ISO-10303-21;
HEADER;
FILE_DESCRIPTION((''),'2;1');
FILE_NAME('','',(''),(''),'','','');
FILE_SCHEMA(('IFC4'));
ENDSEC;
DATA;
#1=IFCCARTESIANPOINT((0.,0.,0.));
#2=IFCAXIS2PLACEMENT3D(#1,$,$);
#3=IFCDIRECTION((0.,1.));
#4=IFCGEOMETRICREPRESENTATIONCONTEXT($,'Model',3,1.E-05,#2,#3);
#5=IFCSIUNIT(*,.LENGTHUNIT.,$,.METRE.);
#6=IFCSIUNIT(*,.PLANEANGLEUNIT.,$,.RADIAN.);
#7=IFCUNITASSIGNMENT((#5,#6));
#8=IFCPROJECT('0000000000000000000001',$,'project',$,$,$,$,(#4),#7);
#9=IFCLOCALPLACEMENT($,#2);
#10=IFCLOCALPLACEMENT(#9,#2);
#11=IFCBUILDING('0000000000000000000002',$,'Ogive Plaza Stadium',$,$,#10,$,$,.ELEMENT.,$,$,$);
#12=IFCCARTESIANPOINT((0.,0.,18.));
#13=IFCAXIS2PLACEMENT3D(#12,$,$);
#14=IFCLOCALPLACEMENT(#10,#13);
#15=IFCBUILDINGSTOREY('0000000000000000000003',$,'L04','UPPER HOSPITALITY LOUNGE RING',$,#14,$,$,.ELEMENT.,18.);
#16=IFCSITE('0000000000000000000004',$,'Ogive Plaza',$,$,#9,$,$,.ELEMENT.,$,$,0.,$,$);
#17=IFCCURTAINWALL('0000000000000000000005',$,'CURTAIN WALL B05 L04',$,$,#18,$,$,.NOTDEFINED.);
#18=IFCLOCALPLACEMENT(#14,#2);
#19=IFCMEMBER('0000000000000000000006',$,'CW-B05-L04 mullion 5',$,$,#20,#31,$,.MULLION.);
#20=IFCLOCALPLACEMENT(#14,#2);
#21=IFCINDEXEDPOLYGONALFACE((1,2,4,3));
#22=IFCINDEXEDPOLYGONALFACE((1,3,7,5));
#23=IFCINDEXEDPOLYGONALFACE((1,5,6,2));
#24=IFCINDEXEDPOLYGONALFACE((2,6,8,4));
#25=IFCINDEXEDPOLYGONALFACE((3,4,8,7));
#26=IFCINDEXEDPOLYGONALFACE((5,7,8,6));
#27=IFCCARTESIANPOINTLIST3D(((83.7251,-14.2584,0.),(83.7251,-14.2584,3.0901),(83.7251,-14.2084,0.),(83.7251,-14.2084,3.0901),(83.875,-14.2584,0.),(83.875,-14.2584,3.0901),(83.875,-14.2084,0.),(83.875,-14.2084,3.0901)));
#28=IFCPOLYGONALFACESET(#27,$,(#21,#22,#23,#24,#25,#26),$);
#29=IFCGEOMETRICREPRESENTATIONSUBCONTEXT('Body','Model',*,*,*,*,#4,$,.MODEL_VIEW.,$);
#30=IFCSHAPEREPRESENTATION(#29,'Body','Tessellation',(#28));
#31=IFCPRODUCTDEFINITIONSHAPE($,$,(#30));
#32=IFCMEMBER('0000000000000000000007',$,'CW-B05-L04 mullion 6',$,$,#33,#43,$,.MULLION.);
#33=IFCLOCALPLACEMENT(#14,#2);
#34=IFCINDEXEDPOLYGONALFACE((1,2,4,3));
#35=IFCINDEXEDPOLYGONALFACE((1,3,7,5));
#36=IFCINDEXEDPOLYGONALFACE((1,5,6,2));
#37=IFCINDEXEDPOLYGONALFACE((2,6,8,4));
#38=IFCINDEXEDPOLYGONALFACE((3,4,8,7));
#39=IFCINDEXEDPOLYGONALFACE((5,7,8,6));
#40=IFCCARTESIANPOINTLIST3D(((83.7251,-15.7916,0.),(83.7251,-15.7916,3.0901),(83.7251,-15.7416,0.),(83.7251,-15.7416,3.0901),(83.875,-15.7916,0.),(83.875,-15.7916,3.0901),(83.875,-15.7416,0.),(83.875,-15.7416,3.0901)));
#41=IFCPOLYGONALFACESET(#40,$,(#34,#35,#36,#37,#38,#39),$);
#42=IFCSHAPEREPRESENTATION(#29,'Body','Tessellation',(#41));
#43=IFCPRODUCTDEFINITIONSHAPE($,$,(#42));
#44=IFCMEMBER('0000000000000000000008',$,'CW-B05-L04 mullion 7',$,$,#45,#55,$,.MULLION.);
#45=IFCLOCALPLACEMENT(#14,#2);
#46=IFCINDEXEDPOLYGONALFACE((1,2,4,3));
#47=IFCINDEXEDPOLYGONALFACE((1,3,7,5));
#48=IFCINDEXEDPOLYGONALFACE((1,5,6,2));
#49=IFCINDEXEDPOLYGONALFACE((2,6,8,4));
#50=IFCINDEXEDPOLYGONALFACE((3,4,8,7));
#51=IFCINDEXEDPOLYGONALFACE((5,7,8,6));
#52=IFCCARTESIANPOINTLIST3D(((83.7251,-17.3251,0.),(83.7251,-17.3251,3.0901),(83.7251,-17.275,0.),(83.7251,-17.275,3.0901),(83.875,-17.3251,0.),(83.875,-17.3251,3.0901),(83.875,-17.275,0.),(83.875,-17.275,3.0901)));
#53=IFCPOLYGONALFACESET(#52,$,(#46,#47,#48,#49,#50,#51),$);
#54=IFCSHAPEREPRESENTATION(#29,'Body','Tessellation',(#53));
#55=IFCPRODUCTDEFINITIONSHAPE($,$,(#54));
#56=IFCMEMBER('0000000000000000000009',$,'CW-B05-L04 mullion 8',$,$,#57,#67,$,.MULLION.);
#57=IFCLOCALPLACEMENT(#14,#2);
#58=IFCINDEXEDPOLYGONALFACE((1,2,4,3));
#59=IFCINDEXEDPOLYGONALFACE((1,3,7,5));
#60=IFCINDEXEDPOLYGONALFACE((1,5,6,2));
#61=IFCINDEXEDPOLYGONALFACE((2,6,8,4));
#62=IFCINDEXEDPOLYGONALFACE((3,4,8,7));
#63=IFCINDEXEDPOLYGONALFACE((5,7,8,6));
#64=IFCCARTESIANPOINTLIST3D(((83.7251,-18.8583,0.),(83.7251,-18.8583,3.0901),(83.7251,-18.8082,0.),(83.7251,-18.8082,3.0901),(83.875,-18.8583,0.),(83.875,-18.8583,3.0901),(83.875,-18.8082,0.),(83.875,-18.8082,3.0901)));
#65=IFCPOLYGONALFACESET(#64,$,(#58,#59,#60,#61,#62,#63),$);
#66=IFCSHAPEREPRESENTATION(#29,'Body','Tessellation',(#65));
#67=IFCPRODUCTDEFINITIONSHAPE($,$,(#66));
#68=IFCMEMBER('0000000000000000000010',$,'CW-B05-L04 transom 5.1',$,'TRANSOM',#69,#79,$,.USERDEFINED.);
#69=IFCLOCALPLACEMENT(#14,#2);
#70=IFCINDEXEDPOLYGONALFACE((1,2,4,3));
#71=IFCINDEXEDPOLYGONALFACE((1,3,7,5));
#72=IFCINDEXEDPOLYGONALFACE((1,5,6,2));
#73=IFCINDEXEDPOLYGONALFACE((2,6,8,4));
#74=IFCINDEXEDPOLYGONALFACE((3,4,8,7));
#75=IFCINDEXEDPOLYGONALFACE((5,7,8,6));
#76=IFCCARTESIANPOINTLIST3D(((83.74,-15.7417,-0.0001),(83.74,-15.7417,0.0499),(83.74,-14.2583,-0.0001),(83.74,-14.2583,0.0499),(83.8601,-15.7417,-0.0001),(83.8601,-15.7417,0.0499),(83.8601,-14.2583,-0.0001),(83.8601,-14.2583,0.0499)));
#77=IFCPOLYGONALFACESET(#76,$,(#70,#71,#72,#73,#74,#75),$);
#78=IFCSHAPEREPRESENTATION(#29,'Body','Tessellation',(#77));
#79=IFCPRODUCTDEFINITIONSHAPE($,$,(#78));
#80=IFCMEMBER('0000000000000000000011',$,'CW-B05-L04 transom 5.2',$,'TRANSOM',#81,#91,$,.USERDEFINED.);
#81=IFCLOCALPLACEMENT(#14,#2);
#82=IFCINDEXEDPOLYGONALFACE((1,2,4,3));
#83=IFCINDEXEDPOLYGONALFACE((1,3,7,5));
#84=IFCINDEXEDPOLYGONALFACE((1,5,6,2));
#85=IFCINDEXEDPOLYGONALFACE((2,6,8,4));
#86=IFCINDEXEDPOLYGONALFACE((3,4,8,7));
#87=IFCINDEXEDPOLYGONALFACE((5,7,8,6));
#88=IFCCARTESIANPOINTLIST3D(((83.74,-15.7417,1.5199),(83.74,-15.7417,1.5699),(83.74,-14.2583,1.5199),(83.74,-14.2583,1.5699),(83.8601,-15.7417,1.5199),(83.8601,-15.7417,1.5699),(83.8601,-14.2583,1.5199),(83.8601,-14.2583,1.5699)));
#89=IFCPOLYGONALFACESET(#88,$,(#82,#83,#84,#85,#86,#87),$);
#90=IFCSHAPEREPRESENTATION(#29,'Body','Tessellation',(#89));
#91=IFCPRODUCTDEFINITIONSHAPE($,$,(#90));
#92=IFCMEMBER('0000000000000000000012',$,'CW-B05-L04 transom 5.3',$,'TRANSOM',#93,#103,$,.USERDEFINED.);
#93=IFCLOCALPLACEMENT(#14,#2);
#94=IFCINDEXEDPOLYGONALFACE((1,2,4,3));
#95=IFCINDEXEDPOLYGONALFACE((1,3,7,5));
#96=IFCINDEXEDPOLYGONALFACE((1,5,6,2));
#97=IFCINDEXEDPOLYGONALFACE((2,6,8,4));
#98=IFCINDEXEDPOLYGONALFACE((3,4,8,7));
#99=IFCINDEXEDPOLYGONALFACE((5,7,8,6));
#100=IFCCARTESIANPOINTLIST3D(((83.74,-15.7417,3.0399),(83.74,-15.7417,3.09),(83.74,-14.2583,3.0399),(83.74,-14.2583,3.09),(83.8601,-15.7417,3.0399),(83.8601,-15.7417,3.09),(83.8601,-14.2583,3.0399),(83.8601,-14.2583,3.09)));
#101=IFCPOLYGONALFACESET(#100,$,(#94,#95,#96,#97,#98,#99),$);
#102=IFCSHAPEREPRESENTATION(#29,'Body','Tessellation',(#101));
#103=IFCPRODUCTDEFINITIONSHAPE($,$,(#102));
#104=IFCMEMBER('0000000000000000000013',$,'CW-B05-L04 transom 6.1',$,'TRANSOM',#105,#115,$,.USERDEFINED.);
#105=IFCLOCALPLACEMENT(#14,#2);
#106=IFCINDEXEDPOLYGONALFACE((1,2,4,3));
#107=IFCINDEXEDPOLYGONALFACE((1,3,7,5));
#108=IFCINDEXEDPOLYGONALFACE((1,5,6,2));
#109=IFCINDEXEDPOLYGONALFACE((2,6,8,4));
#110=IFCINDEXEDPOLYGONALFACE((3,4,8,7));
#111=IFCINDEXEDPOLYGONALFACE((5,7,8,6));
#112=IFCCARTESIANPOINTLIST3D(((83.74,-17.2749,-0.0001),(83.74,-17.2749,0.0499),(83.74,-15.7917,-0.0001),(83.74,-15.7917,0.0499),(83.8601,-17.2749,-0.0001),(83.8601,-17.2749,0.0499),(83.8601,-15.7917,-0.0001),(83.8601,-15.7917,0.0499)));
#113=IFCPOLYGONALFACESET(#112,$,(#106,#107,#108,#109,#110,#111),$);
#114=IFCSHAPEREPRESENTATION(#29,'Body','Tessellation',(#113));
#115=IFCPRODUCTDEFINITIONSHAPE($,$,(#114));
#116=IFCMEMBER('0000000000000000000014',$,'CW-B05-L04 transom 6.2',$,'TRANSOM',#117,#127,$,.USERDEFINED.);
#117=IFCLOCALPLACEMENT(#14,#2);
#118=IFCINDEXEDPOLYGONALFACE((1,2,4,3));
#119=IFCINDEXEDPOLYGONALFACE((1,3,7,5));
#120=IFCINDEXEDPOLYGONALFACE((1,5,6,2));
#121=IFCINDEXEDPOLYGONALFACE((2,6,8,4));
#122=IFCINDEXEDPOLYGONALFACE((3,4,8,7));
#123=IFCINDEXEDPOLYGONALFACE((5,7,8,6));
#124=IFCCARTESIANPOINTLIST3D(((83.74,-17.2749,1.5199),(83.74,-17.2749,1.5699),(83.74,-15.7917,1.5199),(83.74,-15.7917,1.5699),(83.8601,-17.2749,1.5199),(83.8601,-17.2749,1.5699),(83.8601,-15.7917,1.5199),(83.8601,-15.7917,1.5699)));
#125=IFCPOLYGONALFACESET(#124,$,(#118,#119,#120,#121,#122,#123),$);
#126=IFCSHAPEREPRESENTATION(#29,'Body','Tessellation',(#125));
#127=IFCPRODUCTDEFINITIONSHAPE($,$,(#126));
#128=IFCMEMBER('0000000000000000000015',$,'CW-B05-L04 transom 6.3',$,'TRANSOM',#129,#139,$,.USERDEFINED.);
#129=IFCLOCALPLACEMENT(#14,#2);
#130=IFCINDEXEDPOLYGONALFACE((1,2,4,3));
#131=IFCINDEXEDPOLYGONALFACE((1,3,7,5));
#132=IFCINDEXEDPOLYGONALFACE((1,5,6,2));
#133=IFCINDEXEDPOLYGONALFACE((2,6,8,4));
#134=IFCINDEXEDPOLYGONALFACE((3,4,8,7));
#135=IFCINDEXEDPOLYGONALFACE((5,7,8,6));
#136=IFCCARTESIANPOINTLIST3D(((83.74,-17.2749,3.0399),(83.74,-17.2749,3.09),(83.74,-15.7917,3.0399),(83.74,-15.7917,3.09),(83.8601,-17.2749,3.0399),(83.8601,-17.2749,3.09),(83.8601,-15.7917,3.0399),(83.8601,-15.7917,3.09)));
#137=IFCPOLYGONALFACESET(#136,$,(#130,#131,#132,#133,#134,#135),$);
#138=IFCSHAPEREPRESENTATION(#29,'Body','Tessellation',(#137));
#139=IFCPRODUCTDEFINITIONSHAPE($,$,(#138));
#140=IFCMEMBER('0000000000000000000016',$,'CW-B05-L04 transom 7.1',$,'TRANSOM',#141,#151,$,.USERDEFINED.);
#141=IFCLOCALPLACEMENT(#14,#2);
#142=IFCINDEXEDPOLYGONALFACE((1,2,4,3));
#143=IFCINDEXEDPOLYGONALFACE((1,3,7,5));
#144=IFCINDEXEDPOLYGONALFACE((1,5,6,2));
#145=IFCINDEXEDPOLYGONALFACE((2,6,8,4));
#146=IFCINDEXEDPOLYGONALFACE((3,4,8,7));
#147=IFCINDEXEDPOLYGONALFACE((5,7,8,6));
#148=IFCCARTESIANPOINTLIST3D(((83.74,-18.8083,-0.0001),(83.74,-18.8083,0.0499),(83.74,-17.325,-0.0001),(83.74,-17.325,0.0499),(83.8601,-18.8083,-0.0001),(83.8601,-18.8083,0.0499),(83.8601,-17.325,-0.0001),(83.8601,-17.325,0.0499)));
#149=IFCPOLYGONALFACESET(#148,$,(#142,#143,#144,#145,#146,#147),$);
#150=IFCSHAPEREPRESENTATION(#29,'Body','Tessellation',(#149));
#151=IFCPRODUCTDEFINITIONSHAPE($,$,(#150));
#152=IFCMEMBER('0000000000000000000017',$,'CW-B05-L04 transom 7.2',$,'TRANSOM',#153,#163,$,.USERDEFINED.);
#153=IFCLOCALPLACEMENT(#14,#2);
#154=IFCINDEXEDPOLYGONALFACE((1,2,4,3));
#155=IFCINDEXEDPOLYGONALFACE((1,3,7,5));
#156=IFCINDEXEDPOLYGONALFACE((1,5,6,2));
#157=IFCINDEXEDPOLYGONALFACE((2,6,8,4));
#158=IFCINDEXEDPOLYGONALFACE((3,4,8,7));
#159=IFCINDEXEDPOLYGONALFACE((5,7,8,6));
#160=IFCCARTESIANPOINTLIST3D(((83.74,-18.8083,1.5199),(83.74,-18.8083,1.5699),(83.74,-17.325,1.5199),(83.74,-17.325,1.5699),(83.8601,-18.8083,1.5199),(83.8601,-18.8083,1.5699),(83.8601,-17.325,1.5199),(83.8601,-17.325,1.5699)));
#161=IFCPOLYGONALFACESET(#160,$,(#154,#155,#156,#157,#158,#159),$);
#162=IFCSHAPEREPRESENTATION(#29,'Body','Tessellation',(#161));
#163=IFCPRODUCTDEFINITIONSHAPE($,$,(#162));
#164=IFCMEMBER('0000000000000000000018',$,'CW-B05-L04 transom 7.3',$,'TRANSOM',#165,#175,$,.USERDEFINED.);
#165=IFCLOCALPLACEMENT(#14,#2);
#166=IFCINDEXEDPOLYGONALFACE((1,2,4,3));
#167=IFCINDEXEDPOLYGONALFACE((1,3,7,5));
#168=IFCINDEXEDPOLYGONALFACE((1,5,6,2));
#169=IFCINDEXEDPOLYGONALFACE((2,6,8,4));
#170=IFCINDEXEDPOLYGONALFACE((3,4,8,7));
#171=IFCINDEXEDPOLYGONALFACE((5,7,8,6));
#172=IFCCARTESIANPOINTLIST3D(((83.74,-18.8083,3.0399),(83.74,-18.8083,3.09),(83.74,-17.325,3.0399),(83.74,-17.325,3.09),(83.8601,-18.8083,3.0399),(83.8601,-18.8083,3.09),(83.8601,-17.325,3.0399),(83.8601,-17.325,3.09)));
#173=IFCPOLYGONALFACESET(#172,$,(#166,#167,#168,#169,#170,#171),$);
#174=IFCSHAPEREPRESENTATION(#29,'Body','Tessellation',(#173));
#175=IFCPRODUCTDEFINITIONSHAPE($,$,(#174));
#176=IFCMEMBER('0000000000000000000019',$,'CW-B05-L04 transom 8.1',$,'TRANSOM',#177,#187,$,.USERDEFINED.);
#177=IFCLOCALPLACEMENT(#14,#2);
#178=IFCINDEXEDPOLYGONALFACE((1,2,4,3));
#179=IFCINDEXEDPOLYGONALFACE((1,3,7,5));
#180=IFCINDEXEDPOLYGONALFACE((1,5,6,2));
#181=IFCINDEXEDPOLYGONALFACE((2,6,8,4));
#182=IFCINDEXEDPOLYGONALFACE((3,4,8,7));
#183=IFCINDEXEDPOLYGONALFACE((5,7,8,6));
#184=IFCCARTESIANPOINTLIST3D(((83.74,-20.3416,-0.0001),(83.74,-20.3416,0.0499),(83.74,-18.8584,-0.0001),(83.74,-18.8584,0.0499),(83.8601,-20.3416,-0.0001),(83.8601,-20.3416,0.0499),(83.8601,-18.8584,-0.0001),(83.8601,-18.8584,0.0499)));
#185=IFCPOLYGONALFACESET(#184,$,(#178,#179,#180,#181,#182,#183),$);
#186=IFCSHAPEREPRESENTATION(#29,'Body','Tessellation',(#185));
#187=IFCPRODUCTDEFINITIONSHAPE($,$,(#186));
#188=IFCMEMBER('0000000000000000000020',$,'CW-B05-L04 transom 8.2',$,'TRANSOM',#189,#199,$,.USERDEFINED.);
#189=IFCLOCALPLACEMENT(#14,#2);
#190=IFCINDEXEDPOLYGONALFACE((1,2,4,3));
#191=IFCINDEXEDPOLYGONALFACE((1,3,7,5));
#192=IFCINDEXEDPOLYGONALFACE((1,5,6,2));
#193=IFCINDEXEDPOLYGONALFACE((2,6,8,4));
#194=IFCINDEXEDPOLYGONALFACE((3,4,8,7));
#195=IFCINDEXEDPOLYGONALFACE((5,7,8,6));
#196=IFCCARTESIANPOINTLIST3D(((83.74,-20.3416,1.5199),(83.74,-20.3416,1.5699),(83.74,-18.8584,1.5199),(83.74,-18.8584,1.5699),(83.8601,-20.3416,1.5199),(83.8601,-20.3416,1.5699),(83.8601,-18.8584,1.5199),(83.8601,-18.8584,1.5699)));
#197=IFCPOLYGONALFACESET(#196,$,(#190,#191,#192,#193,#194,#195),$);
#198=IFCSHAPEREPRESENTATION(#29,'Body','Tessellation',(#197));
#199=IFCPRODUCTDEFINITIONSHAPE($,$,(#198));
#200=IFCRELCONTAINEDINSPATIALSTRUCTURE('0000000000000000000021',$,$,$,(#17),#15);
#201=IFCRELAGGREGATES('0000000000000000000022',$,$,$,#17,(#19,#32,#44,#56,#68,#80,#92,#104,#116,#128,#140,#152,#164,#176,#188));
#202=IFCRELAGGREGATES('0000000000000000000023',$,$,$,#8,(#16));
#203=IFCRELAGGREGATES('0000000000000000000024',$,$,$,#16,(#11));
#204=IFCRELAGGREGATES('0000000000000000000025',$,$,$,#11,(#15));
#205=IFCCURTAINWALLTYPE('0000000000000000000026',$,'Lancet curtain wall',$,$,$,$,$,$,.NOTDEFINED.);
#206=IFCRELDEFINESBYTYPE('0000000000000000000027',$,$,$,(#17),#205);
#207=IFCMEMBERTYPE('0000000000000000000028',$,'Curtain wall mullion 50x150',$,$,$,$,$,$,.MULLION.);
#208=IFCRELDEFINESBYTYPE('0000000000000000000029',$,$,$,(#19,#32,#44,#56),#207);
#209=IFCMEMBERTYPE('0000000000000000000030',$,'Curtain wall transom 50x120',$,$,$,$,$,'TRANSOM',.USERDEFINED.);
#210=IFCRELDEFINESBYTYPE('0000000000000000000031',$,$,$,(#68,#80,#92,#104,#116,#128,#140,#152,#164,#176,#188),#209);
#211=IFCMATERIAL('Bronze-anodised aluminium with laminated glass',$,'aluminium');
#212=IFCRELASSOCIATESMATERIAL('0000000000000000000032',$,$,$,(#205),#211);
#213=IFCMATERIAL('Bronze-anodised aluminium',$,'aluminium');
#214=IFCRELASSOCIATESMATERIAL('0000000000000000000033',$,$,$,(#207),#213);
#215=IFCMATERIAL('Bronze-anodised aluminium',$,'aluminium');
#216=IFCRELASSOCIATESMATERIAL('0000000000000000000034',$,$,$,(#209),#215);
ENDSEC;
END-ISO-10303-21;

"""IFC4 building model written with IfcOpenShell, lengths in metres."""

from ifc_helpers import new_model, si_unit, direction, frame, origin, origin_2d, place, context, subcontext, project, spatial, rectangle, extrude, material, material_profile, profile_set, type_object, element, aggregate, save


model = new_model("IFC4")

# Units and contexts
model_context = context("Model", 3, precision=1e-05, world=origin(), true_north=direction((0.0, 1.0)))
body_context = subcontext(model_context, "Body", "Model", "MODEL_VIEW")
ifc_project = project(units=[si_unit("LENGTHUNIT", "METRE"), si_unit("PLANEANGLEUNIT", "RADIAN")], contexts=[model_context])

# Site, building, storey
site_placement = place(None, origin())
site = spatial("IfcSite", under=ifc_project, at=site_placement, Name="Ogive Plaza", CompositionType="ELEMENT", RefElevation=0.0)
building_placement = place(site_placement, origin())
building = spatial("IfcBuilding", under=site, at=building_placement, Name="Ogive Plaza Stadium", CompositionType="ELEMENT")
storey_placement = place(building_placement, frame((0.0, 0.0, 18.0)))
storey = spatial("IfcBuildingStorey", under=building, at=storey_placement, Name="L04", Description="UPPER HOSPITALITY LOUNGE RING", CompositionType="ELEMENT", Elevation=18.0)

# Curtain wall, members
ifc_material_1 = material(Name="Bronze-anodised aluminium with laminated glass", Category="aluminium")
curtain_wall_type = type_object("IfcCurtainWallType", Name="Lancet curtain wall", PredefinedType="NOTDEFINED", material=ifc_material_1)
curtain_wall_placement = place(storey_placement, origin())
curtain_wall = element("IfcCurtainWall", 1, at=curtain_wall_placement, inside=storey, type_object=curtain_wall_type, Name="CURTAIN WALL B05 L04", PredefinedType="NOTDEFINED")
ifc_material_2 = material(Name="Bronze-anodised aluminium", Category="aluminium")
ifc_material_profile_1 = material_profile(ifc_material_2, rectangle(XDim=0.1499, YDim=0.05, at=origin_2d()), Name="AL 150x50")
ifc_profile_set_1 = profile_set([ifc_material_profile_1], Name="Bronze-anodised aluminium")
member_type_1 = type_object("IfcMemberType", Name="Curtain wall mullion 50x150", PredefinedType="MULLION", material=ifc_profile_set_1)
member_1_placement = place(storey_placement, frame((83.8, -14.2334, 0.0), z_axis=(0.0, 0.0, 1.0), x_axis=(1.0, 0.0, 0.0)))
member_1 = element("IfcMember", 2, at=member_1_placement, type_object=member_type_1, Name="CW-B05-L04 mullion 5", PredefinedType="MULLION", context=body_context, shape_type="SweptSolid", body=[
    extrude(rectangle(XDim=0.1499, YDim=0.05, at=origin_2d()), origin(), (0.0, 0.0, 1.0), 3.0901),
])
member_2_placement = place(storey_placement, frame((83.8, -15.7666, 0.0), z_axis=(0.0, 0.0, 1.0), x_axis=(1.0, 0.0, 0.0)))
member_2 = element("IfcMember", 3, at=member_2_placement, type_object=member_type_1, Name="CW-B05-L04 mullion 6", PredefinedType="MULLION", context=body_context, shape_type="SweptSolid", body=[
    extrude(rectangle(XDim=0.1499, YDim=0.05, at=origin_2d()), origin(), (0.0, 0.0, 1.0), 3.0901),
])
member_3_placement = place(storey_placement, frame((83.8, -17.3, 0.0), z_axis=(0.0, 0.0, 1.0), x_axis=(1.0, 0.0, 0.0)))
member_3 = element("IfcMember", 4, at=member_3_placement, type_object=member_type_1, Name="CW-B05-L04 mullion 7", PredefinedType="MULLION", context=body_context, shape_type="SweptSolid", body=[
    extrude(rectangle(XDim=0.1499, YDim=0.05, at=origin_2d()), origin(), (0.0, 0.0, 1.0), 3.0901),
])
member_4_placement = place(storey_placement, frame((83.8, -18.8333, 0.0), z_axis=(0.0, 0.0, 1.0), x_axis=(1.0, 0.0, 0.0)))
member_4 = element("IfcMember", 5, at=member_4_placement, type_object=member_type_1, Name="CW-B05-L04 mullion 8", PredefinedType="MULLION", context=body_context, shape_type="SweptSolid", body=[
    extrude(rectangle(XDim=0.1499, YDim=0.05, at=origin_2d()), origin(), (0.0, 0.0, 1.0), 3.0901),
])
ifc_material_3 = material(Name="Bronze-anodised aluminium", Category="aluminium")
ifc_material_profile_2 = material_profile(ifc_material_3, rectangle(XDim=0.1201, YDim=0.05, at=origin_2d()), Name="AL 120x50")
ifc_profile_set_2 = profile_set([ifc_material_profile_2], Name="Bronze-anodised aluminium")
member_type_2 = type_object("IfcMemberType", Name="Curtain wall transom 50x120", ElementType="TRANSOM", PredefinedType="USERDEFINED", material=ifc_profile_set_2)
member_5_placement = place(storey_placement, frame((83.8, -14.2583, 0.0249), z_axis=(0.0, -1.0, 0.0), x_axis=(1.0, 0.0, 0.0)))
member_5 = element("IfcMember", 6, at=member_5_placement, type_object=member_type_2, Name="CW-B05-L04 transom 5.1", ObjectType="TRANSOM", PredefinedType="USERDEFINED", context=body_context, shape_type="SweptSolid", body=[
    extrude(rectangle(XDim=0.1201, YDim=0.05, at=origin_2d()), origin(), (0.0, 0.0, 1.0), 1.4834),
])
member_6_placement = place(storey_placement, frame((83.8, -14.2583, 1.5449), z_axis=(0.0, -1.0, 0.0), x_axis=(1.0, 0.0, 0.0)))
member_6 = element("IfcMember", 7, at=member_6_placement, type_object=member_type_2, Name="CW-B05-L04 transom 5.2", ObjectType="TRANSOM", PredefinedType="USERDEFINED", context=body_context, shape_type="SweptSolid", body=[
    extrude(rectangle(XDim=0.1201, YDim=0.05, at=origin_2d()), origin(), (0.0, 0.0, 1.0), 1.4834),
])
member_7_placement = place(storey_placement, frame((83.8, -14.2583, 3.0649), z_axis=(0.0, -1.0, 0.0), x_axis=(1.0, 0.0, 0.0)))
member_7 = element("IfcMember", 8, at=member_7_placement, type_object=member_type_2, Name="CW-B05-L04 transom 5.3", ObjectType="TRANSOM", PredefinedType="USERDEFINED", context=body_context, shape_type="SweptSolid", body=[
    extrude(rectangle(XDim=0.1201, YDim=0.05, at=origin_2d()), origin(), (0.0, 0.0, 1.0), 1.4834),
])
member_8_placement = place(storey_placement, frame((83.8, -15.7917, 0.0249), z_axis=(0.0, -1.0, 0.0), x_axis=(1.0, 0.0, 0.0)))
member_8 = element("IfcMember", 9, at=member_8_placement, type_object=member_type_2, Name="CW-B05-L04 transom 6.1", ObjectType="TRANSOM", PredefinedType="USERDEFINED", context=body_context, shape_type="SweptSolid", body=[
    extrude(rectangle(XDim=0.1201, YDim=0.05, at=origin_2d()), origin(), (0.0, 0.0, 1.0), 1.4832),
])
member_9_placement = place(storey_placement, frame((83.8, -15.7917, 1.5449), z_axis=(0.0, -1.0, 0.0), x_axis=(1.0, 0.0, 0.0)))
member_9 = element("IfcMember", 10, at=member_9_placement, type_object=member_type_2, Name="CW-B05-L04 transom 6.2", ObjectType="TRANSOM", PredefinedType="USERDEFINED", context=body_context, shape_type="SweptSolid", body=[
    extrude(rectangle(XDim=0.1201, YDim=0.05, at=origin_2d()), origin(), (0.0, 0.0, 1.0), 1.4832),
])
member_10_placement = place(storey_placement, frame((83.8, -15.7917, 3.0649), z_axis=(0.0, -1.0, 0.0), x_axis=(1.0, 0.0, 0.0)))
member_10 = element("IfcMember", 11, at=member_10_placement, type_object=member_type_2, Name="CW-B05-L04 transom 6.3", ObjectType="TRANSOM", PredefinedType="USERDEFINED", context=body_context, shape_type="SweptSolid", body=[
    extrude(rectangle(XDim=0.1201, YDim=0.05, at=origin_2d()), origin(), (0.0, 0.0, 1.0), 1.4832),
])
member_11_placement = place(storey_placement, frame((83.8, -17.325, 0.0249), z_axis=(0.0, -1.0, 0.0), x_axis=(1.0, 0.0, 0.0)))
member_11 = element("IfcMember", 12, at=member_11_placement, type_object=member_type_2, Name="CW-B05-L04 transom 7.1", ObjectType="TRANSOM", PredefinedType="USERDEFINED", context=body_context, shape_type="SweptSolid", body=[
    extrude(rectangle(XDim=0.1201, YDim=0.05, at=origin_2d()), origin(), (0.0, 0.0, 1.0), 1.4834),
])
member_12_placement = place(storey_placement, frame((83.8, -17.325, 1.5449), z_axis=(0.0, -1.0, 0.0), x_axis=(1.0, 0.0, 0.0)))
member_12 = element("IfcMember", 13, at=member_12_placement, type_object=member_type_2, Name="CW-B05-L04 transom 7.2", ObjectType="TRANSOM", PredefinedType="USERDEFINED", context=body_context, shape_type="SweptSolid", body=[
    extrude(rectangle(XDim=0.1201, YDim=0.05, at=origin_2d()), origin(), (0.0, 0.0, 1.0), 1.4834),
])
member_13_placement = place(storey_placement, frame((83.8, -17.325, 3.0649), z_axis=(0.0, -1.0, 0.0), x_axis=(1.0, 0.0, 0.0)))
member_13 = element("IfcMember", 14, at=member_13_placement, type_object=member_type_2, Name="CW-B05-L04 transom 7.3", ObjectType="TRANSOM", PredefinedType="USERDEFINED", context=body_context, shape_type="SweptSolid", body=[
    extrude(rectangle(XDim=0.1201, YDim=0.05, at=origin_2d()), origin(), (0.0, 0.0, 1.0), 1.4834),
])
member_14_placement = place(storey_placement, frame((83.8, -18.8584, 0.0249), z_axis=(0.0, -1.0, 0.0), x_axis=(1.0, 0.0, 0.0)))
member_14 = element("IfcMember", 15, at=member_14_placement, type_object=member_type_2, Name="CW-B05-L04 transom 8.1", ObjectType="TRANSOM", PredefinedType="USERDEFINED", context=body_context, shape_type="SweptSolid", body=[
    extrude(rectangle(XDim=0.1201, YDim=0.05, at=origin_2d()), origin(), (0.0, 0.0, 1.0), 1.4832),
])
member_15_placement = place(storey_placement, frame((83.8, -18.8584, 1.5449), z_axis=(0.0, -1.0, 0.0), x_axis=(1.0, 0.0, 0.0)))
member_15 = element("IfcMember", 16, at=member_15_placement, type_object=member_type_2, Name="CW-B05-L04 transom 8.2", ObjectType="TRANSOM", PredefinedType="USERDEFINED", context=body_context, shape_type="SweptSolid", body=[
    extrude(rectangle(XDim=0.1201, YDim=0.05, at=origin_2d()), origin(), (0.0, 0.0, 1.0), 1.4832),
])
aggregate(curtain_wall, [member_1, member_2, member_3, member_4, member_5, member_6, member_7, member_8, member_9, member_10, member_11, member_12, member_13, member_14, member_15])

save(model, "model.ifc")
